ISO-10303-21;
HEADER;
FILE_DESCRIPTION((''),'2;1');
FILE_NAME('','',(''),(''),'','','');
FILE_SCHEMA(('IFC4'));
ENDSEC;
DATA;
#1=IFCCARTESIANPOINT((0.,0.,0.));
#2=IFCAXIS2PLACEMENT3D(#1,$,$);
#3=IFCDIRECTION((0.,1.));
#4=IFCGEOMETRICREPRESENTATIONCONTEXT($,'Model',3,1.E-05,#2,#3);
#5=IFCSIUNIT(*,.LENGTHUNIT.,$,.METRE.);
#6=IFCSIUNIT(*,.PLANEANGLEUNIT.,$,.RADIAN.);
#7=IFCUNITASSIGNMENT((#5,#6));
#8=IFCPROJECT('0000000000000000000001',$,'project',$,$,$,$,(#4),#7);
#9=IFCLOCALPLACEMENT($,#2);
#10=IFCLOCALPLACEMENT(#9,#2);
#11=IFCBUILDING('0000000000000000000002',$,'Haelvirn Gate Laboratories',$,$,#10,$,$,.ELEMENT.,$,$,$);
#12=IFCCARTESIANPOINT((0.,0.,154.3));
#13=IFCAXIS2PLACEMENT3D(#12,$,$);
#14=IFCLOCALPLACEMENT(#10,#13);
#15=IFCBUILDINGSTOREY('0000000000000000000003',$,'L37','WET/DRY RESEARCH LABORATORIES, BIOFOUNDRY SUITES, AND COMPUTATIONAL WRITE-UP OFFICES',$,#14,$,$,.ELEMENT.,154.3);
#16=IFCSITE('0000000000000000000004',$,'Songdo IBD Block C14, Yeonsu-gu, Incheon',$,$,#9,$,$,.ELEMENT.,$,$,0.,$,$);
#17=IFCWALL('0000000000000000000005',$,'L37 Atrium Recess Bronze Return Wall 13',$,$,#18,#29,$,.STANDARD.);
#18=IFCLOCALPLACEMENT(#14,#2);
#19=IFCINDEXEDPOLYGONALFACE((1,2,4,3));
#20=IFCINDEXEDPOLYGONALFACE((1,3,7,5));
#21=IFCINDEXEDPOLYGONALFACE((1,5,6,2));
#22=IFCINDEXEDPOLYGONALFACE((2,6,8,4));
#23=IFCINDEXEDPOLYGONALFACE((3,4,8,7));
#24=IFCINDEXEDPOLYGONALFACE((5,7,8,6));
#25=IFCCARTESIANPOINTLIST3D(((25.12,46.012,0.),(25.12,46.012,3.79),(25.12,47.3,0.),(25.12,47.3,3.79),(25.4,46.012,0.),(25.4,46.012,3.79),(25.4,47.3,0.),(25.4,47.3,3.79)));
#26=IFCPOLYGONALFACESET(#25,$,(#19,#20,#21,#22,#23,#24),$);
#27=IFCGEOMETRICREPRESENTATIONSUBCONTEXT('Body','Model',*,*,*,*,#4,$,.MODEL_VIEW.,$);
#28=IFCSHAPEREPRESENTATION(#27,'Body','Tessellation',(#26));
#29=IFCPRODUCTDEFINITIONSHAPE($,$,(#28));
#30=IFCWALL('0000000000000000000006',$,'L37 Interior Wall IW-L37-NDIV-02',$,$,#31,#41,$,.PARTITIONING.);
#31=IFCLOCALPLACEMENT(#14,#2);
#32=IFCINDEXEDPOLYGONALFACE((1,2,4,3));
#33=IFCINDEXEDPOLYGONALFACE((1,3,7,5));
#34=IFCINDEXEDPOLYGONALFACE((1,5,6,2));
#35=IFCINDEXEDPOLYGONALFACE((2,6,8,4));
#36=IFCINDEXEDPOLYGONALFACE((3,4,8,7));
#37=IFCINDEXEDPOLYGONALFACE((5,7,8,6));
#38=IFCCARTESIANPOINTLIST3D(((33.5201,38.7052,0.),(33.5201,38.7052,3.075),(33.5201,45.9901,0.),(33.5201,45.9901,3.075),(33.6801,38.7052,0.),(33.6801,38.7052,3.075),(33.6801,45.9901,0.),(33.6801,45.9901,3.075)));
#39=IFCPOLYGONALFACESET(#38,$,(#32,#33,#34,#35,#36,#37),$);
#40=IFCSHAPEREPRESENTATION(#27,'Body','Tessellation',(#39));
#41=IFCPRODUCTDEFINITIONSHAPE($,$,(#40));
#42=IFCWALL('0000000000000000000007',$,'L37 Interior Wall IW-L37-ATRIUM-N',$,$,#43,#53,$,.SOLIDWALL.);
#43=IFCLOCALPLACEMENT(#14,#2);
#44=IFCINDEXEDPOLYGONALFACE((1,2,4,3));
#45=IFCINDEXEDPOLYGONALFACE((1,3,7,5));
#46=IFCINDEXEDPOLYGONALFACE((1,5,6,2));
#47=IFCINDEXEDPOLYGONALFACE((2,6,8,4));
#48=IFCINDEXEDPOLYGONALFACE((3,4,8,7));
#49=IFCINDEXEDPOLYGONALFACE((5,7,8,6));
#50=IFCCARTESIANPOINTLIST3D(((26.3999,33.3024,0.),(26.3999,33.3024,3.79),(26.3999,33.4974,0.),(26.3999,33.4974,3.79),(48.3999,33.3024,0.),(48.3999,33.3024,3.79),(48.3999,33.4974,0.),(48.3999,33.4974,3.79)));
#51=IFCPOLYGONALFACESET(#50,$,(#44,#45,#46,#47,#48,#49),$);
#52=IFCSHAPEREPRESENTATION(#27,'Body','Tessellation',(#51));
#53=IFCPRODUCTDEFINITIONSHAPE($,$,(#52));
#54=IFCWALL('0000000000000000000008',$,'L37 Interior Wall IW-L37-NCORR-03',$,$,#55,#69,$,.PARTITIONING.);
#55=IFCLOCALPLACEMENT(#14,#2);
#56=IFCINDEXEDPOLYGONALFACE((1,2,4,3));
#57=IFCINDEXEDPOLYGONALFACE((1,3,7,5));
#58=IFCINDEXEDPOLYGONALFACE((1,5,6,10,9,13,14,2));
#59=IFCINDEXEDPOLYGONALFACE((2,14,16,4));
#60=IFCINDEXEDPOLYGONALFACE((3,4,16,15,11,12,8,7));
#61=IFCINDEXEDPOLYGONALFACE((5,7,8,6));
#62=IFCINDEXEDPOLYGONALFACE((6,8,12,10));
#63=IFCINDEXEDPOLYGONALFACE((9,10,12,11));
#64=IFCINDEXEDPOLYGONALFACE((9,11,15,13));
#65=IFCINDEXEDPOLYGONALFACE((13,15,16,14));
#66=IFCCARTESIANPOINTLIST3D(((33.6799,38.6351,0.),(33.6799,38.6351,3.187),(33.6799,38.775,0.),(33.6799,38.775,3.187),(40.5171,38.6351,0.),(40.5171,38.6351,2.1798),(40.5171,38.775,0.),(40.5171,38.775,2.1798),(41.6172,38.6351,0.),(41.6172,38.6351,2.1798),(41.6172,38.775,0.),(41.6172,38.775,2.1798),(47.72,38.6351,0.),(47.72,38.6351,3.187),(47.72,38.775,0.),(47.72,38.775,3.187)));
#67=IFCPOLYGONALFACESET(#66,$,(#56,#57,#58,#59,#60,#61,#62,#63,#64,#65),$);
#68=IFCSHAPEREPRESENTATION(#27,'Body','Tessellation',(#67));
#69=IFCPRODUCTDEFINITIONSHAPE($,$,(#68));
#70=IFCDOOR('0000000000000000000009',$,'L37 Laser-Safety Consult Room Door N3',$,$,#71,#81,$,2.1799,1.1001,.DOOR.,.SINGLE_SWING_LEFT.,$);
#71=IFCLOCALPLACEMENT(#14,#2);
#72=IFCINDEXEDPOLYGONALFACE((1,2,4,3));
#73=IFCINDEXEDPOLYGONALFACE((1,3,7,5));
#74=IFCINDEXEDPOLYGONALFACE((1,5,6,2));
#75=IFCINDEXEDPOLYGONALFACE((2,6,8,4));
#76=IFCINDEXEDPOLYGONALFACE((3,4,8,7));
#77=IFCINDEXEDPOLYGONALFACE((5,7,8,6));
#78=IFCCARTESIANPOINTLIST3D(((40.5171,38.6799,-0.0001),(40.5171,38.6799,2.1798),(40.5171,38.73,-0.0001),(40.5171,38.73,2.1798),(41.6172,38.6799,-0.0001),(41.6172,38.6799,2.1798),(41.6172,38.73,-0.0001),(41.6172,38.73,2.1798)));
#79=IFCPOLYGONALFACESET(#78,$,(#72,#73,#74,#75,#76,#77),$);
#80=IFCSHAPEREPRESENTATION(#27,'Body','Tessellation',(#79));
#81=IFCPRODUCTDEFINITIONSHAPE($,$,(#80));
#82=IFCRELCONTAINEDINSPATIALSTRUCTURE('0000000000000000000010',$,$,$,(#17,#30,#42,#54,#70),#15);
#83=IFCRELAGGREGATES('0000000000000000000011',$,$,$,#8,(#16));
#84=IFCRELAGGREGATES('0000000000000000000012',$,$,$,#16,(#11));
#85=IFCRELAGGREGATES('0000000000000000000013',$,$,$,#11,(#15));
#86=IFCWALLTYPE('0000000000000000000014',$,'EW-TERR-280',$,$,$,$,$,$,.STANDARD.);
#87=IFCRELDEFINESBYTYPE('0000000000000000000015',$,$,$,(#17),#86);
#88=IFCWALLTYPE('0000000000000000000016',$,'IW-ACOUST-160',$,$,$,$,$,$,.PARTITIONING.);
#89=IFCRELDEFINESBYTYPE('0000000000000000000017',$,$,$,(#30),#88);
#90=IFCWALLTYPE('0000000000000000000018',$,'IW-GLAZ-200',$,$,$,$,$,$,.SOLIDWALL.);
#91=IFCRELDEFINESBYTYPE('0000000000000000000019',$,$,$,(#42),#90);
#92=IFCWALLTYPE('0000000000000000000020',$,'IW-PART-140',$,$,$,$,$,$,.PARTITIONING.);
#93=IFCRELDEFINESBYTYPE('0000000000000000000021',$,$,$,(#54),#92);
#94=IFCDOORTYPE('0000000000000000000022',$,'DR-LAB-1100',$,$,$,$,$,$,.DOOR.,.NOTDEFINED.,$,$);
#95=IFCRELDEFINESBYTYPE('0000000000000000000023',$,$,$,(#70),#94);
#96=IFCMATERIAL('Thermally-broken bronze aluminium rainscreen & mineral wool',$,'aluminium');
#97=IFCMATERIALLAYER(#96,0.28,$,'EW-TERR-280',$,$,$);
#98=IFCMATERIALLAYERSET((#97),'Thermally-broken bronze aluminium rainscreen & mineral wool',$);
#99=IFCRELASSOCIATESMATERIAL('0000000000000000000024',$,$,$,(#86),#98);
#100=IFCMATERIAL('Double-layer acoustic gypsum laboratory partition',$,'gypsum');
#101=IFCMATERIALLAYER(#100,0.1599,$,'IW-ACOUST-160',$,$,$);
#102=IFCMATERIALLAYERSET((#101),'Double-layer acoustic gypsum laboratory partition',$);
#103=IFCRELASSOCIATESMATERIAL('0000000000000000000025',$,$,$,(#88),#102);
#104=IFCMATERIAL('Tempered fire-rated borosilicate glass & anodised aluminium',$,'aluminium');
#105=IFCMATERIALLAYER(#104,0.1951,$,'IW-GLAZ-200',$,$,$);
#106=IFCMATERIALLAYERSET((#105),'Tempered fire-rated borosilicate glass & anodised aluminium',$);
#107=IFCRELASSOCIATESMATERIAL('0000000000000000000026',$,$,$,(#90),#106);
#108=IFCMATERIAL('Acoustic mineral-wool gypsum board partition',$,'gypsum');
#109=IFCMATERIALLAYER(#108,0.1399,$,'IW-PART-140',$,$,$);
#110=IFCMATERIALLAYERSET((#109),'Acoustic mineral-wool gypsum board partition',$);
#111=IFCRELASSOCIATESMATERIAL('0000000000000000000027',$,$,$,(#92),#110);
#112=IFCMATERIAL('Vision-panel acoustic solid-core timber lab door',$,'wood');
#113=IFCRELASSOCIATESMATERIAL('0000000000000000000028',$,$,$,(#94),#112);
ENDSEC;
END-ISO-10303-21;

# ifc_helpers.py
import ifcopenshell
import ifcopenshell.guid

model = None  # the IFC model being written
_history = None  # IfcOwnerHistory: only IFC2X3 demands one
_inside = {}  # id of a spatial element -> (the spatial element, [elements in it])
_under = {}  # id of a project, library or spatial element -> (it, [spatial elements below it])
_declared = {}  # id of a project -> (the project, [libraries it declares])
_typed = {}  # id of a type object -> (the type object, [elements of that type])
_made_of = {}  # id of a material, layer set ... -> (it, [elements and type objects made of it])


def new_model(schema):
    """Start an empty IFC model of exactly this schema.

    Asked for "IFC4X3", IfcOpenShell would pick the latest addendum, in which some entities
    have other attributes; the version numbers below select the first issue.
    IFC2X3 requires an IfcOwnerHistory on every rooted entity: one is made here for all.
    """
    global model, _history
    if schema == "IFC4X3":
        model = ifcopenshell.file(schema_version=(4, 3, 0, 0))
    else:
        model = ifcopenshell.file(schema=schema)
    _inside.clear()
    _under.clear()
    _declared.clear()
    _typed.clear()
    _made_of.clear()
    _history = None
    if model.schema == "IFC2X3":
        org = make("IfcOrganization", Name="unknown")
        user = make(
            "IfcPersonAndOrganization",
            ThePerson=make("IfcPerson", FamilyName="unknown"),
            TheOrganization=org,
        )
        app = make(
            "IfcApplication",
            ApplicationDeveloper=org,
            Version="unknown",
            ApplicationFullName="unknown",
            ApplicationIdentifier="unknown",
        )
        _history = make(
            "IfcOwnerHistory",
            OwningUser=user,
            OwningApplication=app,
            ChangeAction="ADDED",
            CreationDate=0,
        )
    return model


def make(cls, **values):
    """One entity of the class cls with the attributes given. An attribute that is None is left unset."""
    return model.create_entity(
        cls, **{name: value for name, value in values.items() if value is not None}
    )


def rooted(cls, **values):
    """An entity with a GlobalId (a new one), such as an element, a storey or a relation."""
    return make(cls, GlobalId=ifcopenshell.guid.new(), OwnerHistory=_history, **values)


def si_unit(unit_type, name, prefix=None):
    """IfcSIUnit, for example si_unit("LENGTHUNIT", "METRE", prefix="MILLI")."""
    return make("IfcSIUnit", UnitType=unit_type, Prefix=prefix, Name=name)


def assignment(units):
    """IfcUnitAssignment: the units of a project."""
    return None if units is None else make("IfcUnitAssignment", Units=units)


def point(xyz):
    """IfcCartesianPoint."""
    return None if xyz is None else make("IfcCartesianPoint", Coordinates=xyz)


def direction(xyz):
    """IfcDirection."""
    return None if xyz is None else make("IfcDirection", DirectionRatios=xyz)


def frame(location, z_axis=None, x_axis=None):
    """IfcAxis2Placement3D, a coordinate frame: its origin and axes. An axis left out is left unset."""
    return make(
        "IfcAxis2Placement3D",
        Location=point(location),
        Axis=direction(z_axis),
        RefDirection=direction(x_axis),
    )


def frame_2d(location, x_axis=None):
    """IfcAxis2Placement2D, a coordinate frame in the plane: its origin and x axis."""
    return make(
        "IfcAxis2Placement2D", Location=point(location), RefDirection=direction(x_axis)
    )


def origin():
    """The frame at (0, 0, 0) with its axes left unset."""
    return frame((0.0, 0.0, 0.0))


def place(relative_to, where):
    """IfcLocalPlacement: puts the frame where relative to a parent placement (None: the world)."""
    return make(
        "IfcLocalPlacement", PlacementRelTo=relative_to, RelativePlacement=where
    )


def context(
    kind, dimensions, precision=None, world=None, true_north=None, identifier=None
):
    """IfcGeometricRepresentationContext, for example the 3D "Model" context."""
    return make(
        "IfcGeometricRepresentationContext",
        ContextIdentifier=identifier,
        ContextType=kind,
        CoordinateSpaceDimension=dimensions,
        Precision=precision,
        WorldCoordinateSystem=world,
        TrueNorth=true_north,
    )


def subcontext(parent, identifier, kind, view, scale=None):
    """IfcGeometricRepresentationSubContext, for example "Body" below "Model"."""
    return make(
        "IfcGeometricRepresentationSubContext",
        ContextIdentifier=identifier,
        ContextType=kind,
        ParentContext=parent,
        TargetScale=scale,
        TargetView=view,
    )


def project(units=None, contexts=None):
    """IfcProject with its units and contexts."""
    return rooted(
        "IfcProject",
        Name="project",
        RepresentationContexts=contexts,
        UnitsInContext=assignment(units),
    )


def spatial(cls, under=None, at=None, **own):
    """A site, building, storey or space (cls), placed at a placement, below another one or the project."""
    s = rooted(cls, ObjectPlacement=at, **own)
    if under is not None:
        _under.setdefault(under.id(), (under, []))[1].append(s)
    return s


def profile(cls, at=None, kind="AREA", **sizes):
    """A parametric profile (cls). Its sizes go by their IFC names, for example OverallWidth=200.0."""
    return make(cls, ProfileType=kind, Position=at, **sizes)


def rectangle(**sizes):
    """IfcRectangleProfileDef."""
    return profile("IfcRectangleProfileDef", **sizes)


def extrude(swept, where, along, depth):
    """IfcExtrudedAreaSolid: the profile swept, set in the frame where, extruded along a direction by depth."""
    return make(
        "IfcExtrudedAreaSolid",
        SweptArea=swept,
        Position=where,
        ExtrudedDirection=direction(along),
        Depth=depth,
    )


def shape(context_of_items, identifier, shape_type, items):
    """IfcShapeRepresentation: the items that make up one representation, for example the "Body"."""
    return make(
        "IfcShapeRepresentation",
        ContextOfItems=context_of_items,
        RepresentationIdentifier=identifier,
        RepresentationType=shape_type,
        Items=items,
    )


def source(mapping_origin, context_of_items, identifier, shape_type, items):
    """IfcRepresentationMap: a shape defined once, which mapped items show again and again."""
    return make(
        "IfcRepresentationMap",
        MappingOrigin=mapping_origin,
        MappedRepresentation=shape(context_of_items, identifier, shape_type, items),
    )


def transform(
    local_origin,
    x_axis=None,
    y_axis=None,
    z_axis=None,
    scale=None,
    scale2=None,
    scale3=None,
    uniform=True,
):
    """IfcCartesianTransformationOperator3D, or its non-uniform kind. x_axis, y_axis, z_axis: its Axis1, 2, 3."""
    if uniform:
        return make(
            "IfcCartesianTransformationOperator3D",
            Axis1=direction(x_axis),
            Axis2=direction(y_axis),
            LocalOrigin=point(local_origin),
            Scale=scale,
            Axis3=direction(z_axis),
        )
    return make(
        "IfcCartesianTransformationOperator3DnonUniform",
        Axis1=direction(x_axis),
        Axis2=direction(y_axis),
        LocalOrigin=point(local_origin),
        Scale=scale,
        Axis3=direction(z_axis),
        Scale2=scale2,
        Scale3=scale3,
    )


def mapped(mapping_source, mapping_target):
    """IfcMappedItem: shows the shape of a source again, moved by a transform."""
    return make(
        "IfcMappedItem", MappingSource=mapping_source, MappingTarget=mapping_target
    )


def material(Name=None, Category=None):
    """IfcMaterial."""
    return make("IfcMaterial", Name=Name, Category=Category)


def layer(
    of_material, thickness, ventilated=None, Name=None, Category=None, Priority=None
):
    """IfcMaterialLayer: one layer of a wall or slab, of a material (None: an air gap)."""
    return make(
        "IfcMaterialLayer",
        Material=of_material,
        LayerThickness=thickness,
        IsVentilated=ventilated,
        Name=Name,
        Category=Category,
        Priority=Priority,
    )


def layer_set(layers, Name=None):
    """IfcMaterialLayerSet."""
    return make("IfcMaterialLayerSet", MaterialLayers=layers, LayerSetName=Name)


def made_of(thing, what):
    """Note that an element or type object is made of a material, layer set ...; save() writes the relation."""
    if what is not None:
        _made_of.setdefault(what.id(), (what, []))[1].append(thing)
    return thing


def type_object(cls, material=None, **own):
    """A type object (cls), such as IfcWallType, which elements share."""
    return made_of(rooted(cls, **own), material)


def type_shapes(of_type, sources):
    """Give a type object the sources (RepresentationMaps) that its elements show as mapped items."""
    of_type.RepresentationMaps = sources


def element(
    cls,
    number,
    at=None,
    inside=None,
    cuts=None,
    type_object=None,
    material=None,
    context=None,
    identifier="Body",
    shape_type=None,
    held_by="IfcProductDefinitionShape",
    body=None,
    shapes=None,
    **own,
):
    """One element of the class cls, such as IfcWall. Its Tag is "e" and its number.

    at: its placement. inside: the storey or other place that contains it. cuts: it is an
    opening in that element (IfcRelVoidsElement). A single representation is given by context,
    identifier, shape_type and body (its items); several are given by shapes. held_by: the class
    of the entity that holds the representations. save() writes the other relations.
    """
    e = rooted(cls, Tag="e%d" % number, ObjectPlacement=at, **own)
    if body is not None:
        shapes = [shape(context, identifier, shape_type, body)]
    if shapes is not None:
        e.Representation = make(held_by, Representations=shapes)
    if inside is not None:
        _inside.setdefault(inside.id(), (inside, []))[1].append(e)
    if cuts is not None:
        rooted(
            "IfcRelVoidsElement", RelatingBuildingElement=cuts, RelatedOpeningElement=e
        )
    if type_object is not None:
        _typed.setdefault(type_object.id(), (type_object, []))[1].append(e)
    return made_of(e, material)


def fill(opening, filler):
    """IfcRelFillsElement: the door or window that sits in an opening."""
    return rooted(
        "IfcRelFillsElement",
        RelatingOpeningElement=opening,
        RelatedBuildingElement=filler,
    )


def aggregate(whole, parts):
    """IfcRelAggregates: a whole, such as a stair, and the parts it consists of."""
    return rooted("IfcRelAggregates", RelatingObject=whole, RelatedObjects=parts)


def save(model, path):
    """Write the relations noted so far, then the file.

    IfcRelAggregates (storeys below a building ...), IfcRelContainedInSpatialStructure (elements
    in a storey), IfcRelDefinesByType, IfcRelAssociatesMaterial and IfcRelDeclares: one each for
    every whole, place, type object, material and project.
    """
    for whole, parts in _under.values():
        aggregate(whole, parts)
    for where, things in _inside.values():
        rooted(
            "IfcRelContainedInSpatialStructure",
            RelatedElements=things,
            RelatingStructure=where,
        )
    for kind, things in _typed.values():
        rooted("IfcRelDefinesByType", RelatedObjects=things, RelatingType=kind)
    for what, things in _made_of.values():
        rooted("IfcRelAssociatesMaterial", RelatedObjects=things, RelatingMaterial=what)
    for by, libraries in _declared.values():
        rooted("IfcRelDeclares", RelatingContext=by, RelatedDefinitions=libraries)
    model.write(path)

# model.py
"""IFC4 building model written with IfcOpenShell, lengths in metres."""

from ifc_helpers import new_model, si_unit, direction, frame, frame_2d, origin, place, context, subcontext, project, spatial, rectangle, extrude, source, transform, mapped, material, layer, layer_set, type_object, type_shapes, element, fill, save


model = new_model("IFC4")

# Units and contexts
model_context = context("Model", 3, precision=1e-05, world=origin(), true_north=direction((0.0, 1.0)))
body_context = subcontext(model_context, "Body", "Model", "MODEL_VIEW")
ifc_project = project(units=[si_unit("LENGTHUNIT", "METRE"), si_unit("PLANEANGLEUNIT", "RADIAN")], contexts=[model_context])

# Site, building, storey
site_placement = place(None, origin())
site = spatial("IfcSite", under=ifc_project, at=site_placement, Name="Songdo IBD Block C14, Yeonsu-gu, Incheon", CompositionType="ELEMENT", RefElevation=0.0)
building_placement = place(site_placement, origin())
building = spatial("IfcBuilding", under=site, at=building_placement, Name="Haelvirn Gate Laboratories", CompositionType="ELEMENT")
storey_placement = place(building_placement, frame((0.0, 0.0, 154.3)))
storey = spatial("IfcBuildingStorey", under=building, at=storey_placement, Name="L37", Description="WET/DRY RESEARCH LABORATORIES, BIOFOUNDRY SUITES, AND COMPUTATIONAL WRITE-UP OFFICES", CompositionType="ELEMENT", Elevation=154.3)

# Walls
ifc_material_1 = material(Name="Thermally-broken bronze aluminium rainscreen & mineral wool", Category="aluminium")
ifc_layer_1 = layer(ifc_material_1, 0.28, Name="EW-TERR-280")
ifc_layer_set_1 = layer_set([ifc_layer_1], Name="Thermally-broken bronze aluminium rainscreen & mineral wool")
wall_type_1 = type_object("IfcWallType", Name="EW-TERR-280", PredefinedType="STANDARD", material=ifc_layer_set_1)
wall_1_placement = place(storey_placement, frame((25.26, 46.012, 0.0), z_axis=(0.0, 0.0, 1.0), x_axis=(0.0, 1.0, 0.0)))
element("IfcWall", 1, at=wall_1_placement, inside=storey, type_object=wall_type_1, Name="L37 Atrium Recess Bronze Return Wall 13", PredefinedType="STANDARD", context=body_context, shape_type="SweptSolid", body=[
    extrude(rectangle(XDim=1.2881, YDim=0.28, at=frame_2d((0.644, 0.0))), origin(), (0.0, 0.0, 1.0), 3.79),
])
ifc_material_2 = material(Name="Double-layer acoustic gypsum laboratory partition", Category="gypsum")
ifc_layer_2 = layer(ifc_material_2, 0.1599, Name="IW-ACOUST-160")
ifc_layer_set_2 = layer_set([ifc_layer_2], Name="Double-layer acoustic gypsum laboratory partition")
wall_type_2 = type_object("IfcWallType", Name="IW-ACOUST-160", PredefinedType="PARTITIONING", material=ifc_layer_set_2)
wall_2_placement = place(storey_placement, frame((33.6001, 38.7051, 0.0), z_axis=(0.0, 0.0, 1.0), x_axis=(0.0, 1.0, 0.0)))
element("IfcWall", 2, at=wall_2_placement, inside=storey, type_object=wall_type_2, Name="L37 Interior Wall IW-L37-NDIV-02", PredefinedType="PARTITIONING", context=body_context, shape_type="SweptSolid", body=[
    extrude(rectangle(XDim=7.2849, YDim=0.1599, at=frame_2d((3.6426, 0.0))), origin(), (0.0, 0.0, 1.0), 3.075),
])
ifc_material_3 = material(Name="Tempered fire-rated borosilicate glass & anodised aluminium", Category="aluminium")
ifc_layer_3 = layer(ifc_material_3, 0.1951, Name="IW-GLAZ-200")
ifc_layer_set_3 = layer_set([ifc_layer_3], Name="Tempered fire-rated borosilicate glass & anodised aluminium")
wall_type_3 = type_object("IfcWallType", Name="IW-GLAZ-200", PredefinedType="SOLIDWALL", material=ifc_layer_set_3)
wall_3_placement = place(storey_placement, frame((26.3999, 33.3999, 0.0), z_axis=(0.0, 0.0, 1.0), x_axis=(1.0, 0.0, 0.0)))
element("IfcWall", 3, at=wall_3_placement, inside=storey, type_object=wall_type_3, Name="L37 Interior Wall IW-L37-ATRIUM-N", PredefinedType="SOLIDWALL", context=body_context, shape_type="SweptSolid", body=[
    extrude(rectangle(XDim=22.0, YDim=0.1951, at=frame_2d((11.0, 0.0))), origin(), (0.0, 0.0, 1.0), 3.79),
])

# Wall, opening, door
ifc_material_4 = material(Name="Acoustic mineral-wool gypsum board partition", Category="gypsum")
ifc_layer_4 = layer(ifc_material_4, 0.1399, Name="IW-PART-140")
ifc_layer_set_4 = layer_set([ifc_layer_4], Name="Acoustic mineral-wool gypsum board partition")
wall_type_4 = type_object("IfcWallType", Name="IW-PART-140", PredefinedType="PARTITIONING", material=ifc_layer_set_4)
wall_4_placement = place(storey_placement, frame((33.6799, 38.7051, 0.0), z_axis=(0.0, 0.0, 1.0), x_axis=(1.0, 0.0, 0.0)))
wall_4 = element("IfcWall", 4, at=wall_4_placement, inside=storey, type_object=wall_type_4, Name="L37 Interior Wall IW-L37-NCORR-03", PredefinedType="PARTITIONING", context=body_context, shape_type="SweptSolid", body=[
    extrude(rectangle(XDim=14.04, YDim=0.1399, at=frame_2d((7.02, 0.0))), origin(), (0.0, 0.0, 1.0), 3.187),
])
opening_placement = place(wall_4_placement, frame((6.8372, 0.0, 0.0)))
opening = element("IfcOpeningElement", 5, at=opening_placement, cuts=wall_4, PredefinedType="OPENING", context=body_context, shape_type="SweptSolid", body=[
    extrude(rectangle(XDim=1.1001, YDim=2.1799, at=frame_2d((0.55, 1.0898))), frame((0.0, 0.0801, 0.0), z_axis=(0.0, -1.0, 0.0), x_axis=(1.0, 0.0, 0.0)), (0.0, 0.0, 1.0), 0.1599),
])
ifc_material_5 = material(Name="Vision-panel acoustic solid-core timber lab door", Category="wood")
door_type = type_object("IfcDoorType", Name="DR-LAB-1100", OperationType="NOTDEFINED", PredefinedType="DOOR", material=ifc_material_5)
shared_shape_1 = source(origin(), body_context, "Body", "SweptSolid", [
    extrude(rectangle(XDim=1.1001, YDim=2.1799, at=frame_2d((0.55, 1.0898))), frame((0.0, 0.0249, 0.0), z_axis=(0.0, -1.0, 0.0), x_axis=(1.0, 0.0, 0.0)), (0.0, 0.0, 1.0), 0.05),
])
type_shapes(door_type, [shared_shape_1])
door_placement = place(opening_placement, origin())
door = element("IfcDoor", 6, at=door_placement, inside=storey, type_object=door_type, Name="L37 Laser-Safety Consult Room Door N3", OperationType="SINGLE_SWING_LEFT", OverallHeight=2.1799, OverallWidth=1.1001, PredefinedType="DOOR", context=body_context, shape_type="MappedRepresentation", body=[
    mapped(shared_shape_1, transform((0.0, 0.0, 0.0), scale=1.0)),
])
fill(opening, door)

save(model, "model.ifc")
